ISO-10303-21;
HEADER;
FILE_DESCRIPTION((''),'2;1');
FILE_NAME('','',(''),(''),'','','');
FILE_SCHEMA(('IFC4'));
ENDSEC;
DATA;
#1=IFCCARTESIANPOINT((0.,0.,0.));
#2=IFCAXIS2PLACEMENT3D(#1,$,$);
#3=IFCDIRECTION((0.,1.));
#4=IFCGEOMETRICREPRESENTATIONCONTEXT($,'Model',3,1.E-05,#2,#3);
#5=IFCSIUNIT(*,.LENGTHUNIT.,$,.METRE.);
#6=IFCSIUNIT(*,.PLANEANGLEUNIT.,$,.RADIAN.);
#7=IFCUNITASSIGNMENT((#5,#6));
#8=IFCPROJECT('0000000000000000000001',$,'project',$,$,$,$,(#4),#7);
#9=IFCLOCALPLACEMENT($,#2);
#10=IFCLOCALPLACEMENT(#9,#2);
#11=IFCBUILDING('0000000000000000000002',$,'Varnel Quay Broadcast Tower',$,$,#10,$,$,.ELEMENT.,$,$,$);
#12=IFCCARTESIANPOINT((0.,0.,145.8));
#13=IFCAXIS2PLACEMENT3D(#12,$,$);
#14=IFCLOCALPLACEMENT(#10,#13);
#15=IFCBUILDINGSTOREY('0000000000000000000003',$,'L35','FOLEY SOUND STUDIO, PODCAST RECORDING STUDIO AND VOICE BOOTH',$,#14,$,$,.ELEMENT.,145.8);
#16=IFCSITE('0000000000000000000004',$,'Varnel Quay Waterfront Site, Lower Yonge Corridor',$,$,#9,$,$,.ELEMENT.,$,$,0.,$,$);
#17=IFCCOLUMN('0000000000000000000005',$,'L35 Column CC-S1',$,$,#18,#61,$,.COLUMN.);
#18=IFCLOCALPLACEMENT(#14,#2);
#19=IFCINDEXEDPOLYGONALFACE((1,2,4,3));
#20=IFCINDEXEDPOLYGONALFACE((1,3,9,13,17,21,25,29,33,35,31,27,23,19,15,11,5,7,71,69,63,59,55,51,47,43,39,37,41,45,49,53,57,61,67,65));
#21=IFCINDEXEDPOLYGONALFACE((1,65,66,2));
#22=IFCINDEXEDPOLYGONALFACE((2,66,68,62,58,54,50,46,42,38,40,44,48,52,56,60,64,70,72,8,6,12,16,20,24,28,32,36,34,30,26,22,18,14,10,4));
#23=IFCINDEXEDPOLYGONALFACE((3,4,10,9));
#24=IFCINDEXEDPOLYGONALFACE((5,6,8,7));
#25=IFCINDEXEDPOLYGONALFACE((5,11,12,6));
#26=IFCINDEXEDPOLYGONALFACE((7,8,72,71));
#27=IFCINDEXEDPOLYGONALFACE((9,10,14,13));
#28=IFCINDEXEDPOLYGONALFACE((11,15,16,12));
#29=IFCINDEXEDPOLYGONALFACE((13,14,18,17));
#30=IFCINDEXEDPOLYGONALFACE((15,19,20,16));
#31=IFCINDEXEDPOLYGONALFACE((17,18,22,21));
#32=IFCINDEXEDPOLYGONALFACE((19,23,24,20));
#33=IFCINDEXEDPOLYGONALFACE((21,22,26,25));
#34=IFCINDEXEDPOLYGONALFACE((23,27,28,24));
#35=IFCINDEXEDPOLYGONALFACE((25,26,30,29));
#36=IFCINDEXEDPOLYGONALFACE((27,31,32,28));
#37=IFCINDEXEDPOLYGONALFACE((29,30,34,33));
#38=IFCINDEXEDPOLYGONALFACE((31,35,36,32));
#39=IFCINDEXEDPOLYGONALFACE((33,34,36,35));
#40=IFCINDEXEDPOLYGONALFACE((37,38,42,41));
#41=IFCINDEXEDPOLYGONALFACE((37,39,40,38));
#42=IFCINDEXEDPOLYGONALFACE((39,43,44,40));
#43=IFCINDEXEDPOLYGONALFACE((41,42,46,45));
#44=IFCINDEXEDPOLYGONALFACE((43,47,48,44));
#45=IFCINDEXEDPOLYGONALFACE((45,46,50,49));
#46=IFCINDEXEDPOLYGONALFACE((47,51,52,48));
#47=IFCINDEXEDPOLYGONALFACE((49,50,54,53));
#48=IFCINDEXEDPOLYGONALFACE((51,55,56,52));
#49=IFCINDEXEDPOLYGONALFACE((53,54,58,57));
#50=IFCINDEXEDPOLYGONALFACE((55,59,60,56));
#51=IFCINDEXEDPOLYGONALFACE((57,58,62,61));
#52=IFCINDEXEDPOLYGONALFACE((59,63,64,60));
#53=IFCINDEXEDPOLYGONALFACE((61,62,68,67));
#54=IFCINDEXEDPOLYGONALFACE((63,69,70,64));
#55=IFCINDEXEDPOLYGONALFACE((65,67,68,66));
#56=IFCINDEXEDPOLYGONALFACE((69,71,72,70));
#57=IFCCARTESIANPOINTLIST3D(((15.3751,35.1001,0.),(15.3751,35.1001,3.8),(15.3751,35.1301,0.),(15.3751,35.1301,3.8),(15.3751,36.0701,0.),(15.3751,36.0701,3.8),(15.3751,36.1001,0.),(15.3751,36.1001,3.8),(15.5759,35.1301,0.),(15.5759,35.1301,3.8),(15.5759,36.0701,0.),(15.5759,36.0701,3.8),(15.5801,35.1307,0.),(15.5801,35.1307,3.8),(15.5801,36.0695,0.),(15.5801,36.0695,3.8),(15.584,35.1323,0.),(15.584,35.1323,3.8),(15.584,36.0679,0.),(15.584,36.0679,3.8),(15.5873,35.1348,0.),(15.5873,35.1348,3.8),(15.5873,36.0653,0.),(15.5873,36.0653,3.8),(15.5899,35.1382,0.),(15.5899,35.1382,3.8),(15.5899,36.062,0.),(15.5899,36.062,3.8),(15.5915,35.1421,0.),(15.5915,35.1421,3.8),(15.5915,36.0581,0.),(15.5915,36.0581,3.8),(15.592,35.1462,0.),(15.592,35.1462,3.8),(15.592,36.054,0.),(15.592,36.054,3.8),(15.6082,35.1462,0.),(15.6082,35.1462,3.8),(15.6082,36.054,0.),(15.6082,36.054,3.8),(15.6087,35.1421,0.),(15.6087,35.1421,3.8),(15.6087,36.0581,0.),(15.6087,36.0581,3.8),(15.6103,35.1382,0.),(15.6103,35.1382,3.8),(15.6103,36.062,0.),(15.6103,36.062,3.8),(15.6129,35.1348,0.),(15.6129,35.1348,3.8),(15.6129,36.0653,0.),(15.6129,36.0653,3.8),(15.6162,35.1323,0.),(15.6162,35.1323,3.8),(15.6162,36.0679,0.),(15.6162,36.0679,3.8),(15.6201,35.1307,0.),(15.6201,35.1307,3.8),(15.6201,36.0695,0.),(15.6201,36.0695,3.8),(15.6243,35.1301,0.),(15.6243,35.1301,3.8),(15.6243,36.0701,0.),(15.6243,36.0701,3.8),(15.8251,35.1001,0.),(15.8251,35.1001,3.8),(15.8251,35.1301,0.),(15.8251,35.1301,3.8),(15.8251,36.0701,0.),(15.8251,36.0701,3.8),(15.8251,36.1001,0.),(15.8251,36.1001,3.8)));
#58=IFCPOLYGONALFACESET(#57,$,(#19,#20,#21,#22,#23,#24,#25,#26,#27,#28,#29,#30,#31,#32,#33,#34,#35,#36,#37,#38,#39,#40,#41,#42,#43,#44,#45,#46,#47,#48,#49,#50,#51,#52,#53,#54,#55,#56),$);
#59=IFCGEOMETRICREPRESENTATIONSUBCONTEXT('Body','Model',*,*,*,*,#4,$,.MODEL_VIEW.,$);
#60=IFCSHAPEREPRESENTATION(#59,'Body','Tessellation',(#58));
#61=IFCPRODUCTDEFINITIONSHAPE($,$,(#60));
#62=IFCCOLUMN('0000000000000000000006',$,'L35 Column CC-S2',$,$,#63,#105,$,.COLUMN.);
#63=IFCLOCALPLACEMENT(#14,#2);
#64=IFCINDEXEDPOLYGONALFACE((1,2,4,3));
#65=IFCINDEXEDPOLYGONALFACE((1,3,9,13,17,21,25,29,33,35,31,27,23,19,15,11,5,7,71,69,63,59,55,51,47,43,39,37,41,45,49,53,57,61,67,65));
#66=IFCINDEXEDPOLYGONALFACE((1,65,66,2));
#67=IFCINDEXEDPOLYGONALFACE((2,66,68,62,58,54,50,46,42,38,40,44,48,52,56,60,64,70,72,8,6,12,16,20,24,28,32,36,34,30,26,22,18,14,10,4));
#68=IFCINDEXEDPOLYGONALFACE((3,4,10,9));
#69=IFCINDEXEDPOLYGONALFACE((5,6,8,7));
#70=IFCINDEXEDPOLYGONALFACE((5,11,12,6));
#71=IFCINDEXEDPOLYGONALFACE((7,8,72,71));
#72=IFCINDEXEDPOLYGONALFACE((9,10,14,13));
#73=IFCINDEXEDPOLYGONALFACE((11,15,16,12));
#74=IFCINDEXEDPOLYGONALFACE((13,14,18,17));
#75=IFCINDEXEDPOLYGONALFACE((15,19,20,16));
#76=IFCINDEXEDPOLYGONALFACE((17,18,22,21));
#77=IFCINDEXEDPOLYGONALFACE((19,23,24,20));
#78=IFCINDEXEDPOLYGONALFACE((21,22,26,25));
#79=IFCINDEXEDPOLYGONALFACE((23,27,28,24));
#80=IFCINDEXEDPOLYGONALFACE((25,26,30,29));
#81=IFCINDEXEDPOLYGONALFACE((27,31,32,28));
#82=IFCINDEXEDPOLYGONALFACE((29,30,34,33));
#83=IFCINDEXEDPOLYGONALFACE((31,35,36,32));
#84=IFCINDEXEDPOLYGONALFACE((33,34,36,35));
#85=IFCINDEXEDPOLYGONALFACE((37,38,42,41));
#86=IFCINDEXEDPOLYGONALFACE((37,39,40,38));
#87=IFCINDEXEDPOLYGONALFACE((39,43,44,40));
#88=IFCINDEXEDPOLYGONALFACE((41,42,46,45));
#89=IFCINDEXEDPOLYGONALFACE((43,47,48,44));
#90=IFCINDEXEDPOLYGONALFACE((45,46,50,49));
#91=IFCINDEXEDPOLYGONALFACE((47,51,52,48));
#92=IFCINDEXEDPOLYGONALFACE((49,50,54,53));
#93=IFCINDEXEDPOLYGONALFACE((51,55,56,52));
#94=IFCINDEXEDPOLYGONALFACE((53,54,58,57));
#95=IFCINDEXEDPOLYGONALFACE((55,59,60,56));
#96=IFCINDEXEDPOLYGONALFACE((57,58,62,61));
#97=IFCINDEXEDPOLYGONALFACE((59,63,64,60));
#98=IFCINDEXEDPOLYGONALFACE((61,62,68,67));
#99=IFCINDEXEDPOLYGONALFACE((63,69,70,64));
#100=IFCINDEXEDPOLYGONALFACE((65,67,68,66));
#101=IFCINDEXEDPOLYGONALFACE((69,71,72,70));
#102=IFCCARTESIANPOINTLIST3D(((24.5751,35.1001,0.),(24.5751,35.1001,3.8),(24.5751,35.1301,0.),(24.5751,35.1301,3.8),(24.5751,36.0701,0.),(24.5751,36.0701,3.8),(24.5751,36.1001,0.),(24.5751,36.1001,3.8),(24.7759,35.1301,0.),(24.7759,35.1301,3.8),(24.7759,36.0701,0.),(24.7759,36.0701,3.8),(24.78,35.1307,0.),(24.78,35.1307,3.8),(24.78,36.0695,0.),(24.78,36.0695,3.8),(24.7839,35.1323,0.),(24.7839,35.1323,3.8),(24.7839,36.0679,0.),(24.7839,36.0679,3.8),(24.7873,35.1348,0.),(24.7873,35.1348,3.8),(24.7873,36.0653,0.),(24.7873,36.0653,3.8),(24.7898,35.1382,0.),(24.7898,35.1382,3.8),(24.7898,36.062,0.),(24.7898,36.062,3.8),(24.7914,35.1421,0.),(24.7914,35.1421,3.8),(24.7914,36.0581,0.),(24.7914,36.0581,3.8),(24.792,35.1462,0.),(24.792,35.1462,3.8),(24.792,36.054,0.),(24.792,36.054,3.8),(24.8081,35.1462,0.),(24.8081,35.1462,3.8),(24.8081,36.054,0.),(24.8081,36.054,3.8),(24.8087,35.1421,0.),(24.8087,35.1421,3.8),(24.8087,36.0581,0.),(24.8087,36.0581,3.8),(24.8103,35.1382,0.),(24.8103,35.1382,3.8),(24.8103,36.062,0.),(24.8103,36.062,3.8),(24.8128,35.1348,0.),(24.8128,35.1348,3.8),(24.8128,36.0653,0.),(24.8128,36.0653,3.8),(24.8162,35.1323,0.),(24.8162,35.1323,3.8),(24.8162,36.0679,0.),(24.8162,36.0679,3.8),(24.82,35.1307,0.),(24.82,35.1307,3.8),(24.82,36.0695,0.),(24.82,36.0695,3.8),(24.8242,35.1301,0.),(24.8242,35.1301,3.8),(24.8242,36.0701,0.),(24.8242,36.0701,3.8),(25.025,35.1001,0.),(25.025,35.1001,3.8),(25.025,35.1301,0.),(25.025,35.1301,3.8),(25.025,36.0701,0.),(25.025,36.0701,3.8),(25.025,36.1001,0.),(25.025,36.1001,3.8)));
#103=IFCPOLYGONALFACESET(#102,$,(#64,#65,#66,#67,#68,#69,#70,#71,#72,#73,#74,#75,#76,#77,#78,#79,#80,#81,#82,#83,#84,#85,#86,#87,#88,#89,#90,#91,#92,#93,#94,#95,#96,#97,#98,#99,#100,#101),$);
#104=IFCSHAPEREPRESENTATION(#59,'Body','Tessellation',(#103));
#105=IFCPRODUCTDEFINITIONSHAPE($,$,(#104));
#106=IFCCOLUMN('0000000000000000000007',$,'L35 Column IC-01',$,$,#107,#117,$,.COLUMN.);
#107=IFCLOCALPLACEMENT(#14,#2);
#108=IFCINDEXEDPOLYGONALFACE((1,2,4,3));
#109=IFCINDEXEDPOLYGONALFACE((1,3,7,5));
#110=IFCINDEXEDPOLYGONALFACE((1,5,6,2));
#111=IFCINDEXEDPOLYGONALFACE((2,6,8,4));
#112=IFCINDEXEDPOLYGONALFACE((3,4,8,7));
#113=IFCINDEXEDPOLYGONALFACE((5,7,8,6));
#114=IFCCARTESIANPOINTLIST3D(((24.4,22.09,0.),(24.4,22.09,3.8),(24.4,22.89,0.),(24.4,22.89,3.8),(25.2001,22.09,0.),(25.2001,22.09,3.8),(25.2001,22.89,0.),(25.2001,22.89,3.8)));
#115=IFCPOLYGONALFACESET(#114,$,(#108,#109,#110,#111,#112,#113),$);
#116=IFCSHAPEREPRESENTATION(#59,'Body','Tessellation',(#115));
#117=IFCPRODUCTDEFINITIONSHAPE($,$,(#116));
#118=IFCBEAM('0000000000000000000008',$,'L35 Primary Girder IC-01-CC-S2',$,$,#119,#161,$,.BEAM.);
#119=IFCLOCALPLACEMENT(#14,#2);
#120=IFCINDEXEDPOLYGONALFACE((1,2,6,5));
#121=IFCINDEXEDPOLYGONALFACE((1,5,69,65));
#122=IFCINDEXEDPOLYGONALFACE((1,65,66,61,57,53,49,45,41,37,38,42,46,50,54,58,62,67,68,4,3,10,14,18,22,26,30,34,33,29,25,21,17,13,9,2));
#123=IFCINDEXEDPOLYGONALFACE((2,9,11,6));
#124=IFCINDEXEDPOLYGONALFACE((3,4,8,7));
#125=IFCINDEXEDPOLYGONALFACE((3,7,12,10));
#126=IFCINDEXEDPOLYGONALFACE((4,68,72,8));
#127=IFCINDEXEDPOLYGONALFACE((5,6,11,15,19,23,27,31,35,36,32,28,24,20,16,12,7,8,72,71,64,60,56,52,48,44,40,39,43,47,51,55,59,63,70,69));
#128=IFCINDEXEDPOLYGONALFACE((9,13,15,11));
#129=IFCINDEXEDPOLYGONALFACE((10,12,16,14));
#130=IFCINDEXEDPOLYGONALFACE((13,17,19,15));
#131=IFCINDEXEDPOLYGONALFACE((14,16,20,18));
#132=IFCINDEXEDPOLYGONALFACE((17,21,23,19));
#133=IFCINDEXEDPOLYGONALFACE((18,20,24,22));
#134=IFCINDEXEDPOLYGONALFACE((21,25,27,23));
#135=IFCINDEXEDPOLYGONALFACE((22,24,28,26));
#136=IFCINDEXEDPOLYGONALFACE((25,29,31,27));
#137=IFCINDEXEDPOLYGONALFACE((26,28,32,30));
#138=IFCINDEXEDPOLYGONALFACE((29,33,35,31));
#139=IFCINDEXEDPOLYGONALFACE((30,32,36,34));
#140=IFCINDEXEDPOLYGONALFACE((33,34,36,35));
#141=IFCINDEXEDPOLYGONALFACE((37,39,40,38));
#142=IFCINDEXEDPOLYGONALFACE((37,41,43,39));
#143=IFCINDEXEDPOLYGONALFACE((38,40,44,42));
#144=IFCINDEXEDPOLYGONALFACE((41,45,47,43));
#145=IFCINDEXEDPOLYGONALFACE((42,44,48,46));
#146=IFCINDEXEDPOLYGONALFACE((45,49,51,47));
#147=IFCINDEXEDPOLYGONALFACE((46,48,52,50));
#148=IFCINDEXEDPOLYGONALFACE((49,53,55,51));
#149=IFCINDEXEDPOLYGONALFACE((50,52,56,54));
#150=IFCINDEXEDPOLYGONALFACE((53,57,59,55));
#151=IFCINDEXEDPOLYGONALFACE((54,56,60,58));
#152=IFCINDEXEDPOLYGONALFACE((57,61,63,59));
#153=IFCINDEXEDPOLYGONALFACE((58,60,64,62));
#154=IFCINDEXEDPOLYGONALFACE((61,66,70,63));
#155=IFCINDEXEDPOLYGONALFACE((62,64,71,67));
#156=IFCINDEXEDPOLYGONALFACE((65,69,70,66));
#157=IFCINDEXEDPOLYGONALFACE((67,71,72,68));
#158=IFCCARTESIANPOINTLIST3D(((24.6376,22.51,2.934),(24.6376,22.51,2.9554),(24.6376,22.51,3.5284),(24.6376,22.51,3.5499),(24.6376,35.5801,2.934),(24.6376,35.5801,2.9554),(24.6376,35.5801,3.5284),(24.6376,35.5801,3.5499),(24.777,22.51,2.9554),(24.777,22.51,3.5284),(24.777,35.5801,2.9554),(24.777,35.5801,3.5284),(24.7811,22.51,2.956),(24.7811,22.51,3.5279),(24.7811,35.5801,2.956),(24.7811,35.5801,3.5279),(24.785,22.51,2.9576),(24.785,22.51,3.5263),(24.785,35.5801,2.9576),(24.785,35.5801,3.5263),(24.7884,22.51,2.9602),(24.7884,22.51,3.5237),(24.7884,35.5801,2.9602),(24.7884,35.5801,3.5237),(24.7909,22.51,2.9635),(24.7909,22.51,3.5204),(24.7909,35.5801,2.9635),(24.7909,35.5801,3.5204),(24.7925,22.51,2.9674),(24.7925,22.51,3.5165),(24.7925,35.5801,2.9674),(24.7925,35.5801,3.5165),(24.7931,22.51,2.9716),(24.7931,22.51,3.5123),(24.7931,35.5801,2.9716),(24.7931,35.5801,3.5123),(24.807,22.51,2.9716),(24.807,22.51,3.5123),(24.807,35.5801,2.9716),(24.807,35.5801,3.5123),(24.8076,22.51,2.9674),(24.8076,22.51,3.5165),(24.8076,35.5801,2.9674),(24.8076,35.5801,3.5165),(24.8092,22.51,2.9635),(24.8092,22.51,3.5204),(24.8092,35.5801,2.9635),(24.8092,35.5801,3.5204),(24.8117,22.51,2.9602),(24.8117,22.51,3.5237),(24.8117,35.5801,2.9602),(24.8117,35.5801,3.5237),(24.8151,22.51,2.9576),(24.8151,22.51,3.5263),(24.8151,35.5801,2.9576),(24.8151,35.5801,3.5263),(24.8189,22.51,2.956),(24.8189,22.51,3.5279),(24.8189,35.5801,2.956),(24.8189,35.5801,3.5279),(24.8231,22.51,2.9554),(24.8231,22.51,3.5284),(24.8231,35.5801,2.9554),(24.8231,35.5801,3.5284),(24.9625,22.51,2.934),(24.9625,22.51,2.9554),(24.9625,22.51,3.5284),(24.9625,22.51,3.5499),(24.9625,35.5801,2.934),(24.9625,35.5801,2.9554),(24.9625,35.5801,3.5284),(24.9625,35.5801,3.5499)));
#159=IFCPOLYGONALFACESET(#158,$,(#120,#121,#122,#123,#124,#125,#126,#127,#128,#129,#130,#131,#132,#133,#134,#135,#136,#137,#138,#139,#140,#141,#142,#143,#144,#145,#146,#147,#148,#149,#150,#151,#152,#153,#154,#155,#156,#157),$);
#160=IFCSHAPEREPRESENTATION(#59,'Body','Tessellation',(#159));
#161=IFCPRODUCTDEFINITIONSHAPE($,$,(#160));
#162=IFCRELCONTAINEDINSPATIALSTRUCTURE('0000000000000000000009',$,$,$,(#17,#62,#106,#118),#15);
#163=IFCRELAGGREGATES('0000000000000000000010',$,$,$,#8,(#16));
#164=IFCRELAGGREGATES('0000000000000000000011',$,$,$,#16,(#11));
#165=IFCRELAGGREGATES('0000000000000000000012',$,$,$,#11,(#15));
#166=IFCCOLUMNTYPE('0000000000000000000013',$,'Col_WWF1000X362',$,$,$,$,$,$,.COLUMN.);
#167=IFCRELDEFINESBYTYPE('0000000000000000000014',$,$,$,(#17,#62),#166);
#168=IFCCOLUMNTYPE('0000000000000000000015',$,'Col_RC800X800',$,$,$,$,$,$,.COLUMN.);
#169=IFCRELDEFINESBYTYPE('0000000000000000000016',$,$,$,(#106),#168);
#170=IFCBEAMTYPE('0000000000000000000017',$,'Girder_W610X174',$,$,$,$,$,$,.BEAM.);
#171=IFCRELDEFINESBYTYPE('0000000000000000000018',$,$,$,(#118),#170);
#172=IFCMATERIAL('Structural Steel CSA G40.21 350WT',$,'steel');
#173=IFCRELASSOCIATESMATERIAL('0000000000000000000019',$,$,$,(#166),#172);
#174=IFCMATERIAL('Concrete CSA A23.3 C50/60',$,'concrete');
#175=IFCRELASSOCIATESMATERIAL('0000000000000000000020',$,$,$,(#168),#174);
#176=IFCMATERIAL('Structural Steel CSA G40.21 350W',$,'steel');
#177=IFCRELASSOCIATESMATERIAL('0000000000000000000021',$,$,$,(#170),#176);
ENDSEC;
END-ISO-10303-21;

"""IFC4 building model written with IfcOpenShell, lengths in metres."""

from ifc_helpers import new_model, si_unit, direction, frame, origin, origin_2d, place, context, subcontext, project, spatial, rectangle, i_section, extrude, source, transform, mapped, material, material_profile, profile_set, type_object, type_shapes, element, save


model = new_model("IFC4")

# Units and contexts
model_context = context("Model", 3, precision=1e-05, world=origin(), true_north=direction((0.0, 1.0)))
body_context = subcontext(model_context, "Body", "Model", "MODEL_VIEW")
ifc_project = project(units=[si_unit("LENGTHUNIT", "METRE"), si_unit("PLANEANGLEUNIT", "RADIAN")], contexts=[model_context])

# Site, building, storey
site_placement = place(None, origin())
site = spatial("IfcSite", under=ifc_project, at=site_placement, Name="Varnel Quay Waterfront Site, Lower Yonge Corridor", CompositionType="ELEMENT", RefElevation=0.0)
building_placement = place(site_placement, origin())
building = spatial("IfcBuilding", under=site, at=building_placement, Name="Varnel Quay Broadcast Tower", CompositionType="ELEMENT")
storey_placement = place(building_placement, frame((0.0, 0.0, 145.8)))
storey = spatial("IfcBuildingStorey", under=building, at=storey_placement, Name="L35", Description="FOLEY SOUND STUDIO, PODCAST RECORDING STUDIO AND VOICE BOOTH", CompositionType="ELEMENT", Elevation=145.8)

# Columns
ifc_material_1 = material(Name="Structural Steel CSA G40.21 350WT", Category="steel")
ifc_material_profile_1 = material_profile(ifc_material_1, i_section(OverallWidth=0.45, OverallDepth=1.0, WebThickness=0.0161, FlangeThickness=0.03, FilletRadius=0.0161, at=origin_2d()), Name="WWF1000X362")
ifc_profile_set_1 = profile_set([ifc_material_profile_1], Name="Structural Steel CSA G40.21 350WT")
column_type_1 = type_object("IfcColumnType", Name="Col_WWF1000X362", PredefinedType="COLUMN", material=ifc_profile_set_1)
shared_shape_1 = source(origin(), body_context, "Body", "SweptSolid", [
    extrude(i_section(OverallWidth=0.45, OverallDepth=1.0, WebThickness=0.0161, FlangeThickness=0.03, FilletRadius=0.0161, at=origin_2d()), origin(), (0.0, 0.0, 1.0), 3.8),
])
type_shapes(column_type_1, [shared_shape_1])
for number, where, z_axis, x_axis, name in (
    (1, (15.6001, 35.6001, 0.0), (0.0, 0.0, 1.0), (1.0, 0.0, 0.0), "L35 Column CC-S1"),
    (2, (24.8, 35.6001, 0.0), (0.0, 0.0, 1.0), (1.0, 0.0, 0.0), "L35 Column CC-S2"),
):
    element("IfcColumn", number, at=place(storey_placement, frame(where, z_axis=z_axis, x_axis=x_axis)), inside=storey, type_object=column_type_1, Name=name, PredefinedType="COLUMN", context=body_context, shape_type="MappedRepresentation", body=[
        mapped(shared_shape_1, transform((0.0, 0.0, 0.0), x_axis=(1.0, 0.0, 0.0), y_axis=(0.0, 1.0, 0.0), z_axis=(0.0, 0.0, 1.0), scale=1.0)),
    ])
ifc_material_2 = material(Name="Concrete CSA A23.3 C50/60", Category="concrete")
ifc_material_profile_2 = material_profile(ifc_material_2, rectangle(XDim=0.8, YDim=0.8, at=origin_2d()), Name="RC800X800")
ifc_profile_set_2 = profile_set([ifc_material_profile_2], Name="Concrete CSA A23.3 C50/60")
column_type_2 = type_object("IfcColumnType", Name="Col_RC800X800", PredefinedType="COLUMN", material=ifc_profile_set_2)
shared_shape_2 = source(origin(), body_context, "Body", "SweptSolid", [
    extrude(rectangle(XDim=0.8, YDim=0.8, at=origin_2d()), origin(), (0.0, 0.0, 1.0), 3.8),
])
type_shapes(column_type_2, [shared_shape_2])
column_placement = place(storey_placement, frame((24.8, 22.49, 0.0), z_axis=(0.0, 0.0, 1.0), x_axis=(1.0, 0.0, 0.0)))
element("IfcColumn", 3, at=column_placement, inside=storey, type_object=column_type_2, Name="L35 Column IC-01", PredefinedType="COLUMN", context=body_context, shape_type="MappedRepresentation", body=[
    mapped(shared_shape_2, transform((0.0, 0.0, 0.0), x_axis=(1.0, 0.0, 0.0), y_axis=(0.0, 1.0, 0.0), z_axis=(0.0, 0.0, 1.0), scale=1.0)),
])

# Beam
ifc_material_3 = material(Name="Structural Steel CSA G40.21 350W", Category="steel")
ifc_material_profile_3 = material_profile(ifc_material_3, i_section(OverallWidth=0.325, OverallDepth=0.616, WebThickness=0.0139, FlangeThickness=0.0215, FilletRadius=0.0161, at=origin_2d()), Name="W610X174")
ifc_profile_set_3 = profile_set([ifc_material_profile_3], Name="Structural Steel CSA G40.21 350W")
beam_type_1 = type_object("IfcBeamType", Name="Girder_W610X174", PredefinedType="BEAM", material=ifc_profile_set_3)
shared_shape_3 = source(origin(), body_context, "Body", "SweptSolid", [
    extrude(i_section(OverallWidth=0.325, OverallDepth=0.616, WebThickness=0.0139, FlangeThickness=0.0215, FilletRadius=0.0161, at=origin_2d()), origin(), (0.0, 0.0, 1.0), 13.0701),
])
beam_1_placement = place(storey_placement, frame((24.8, 22.51, 3.2419), z_axis=(0.0, 1.0, 0.0), x_axis=(-1.0, 0.0, 0.0)))
element("IfcBeam", 4, at=beam_1_placement, inside=storey, type_object=beam_type_1, Name="L35 Primary Girder IC-01-CC-S2", PredefinedType="BEAM", context=body_context, shape_type="MappedRepresentation", body=[
    mapped(shared_shape_3, transform((0.0, 0.0, 0.0), x_axis=(1.0, 0.0, 0.0), y_axis=(0.0, 1.0, 0.0), z_axis=(0.0, 0.0, 1.0), scale=1.0)),
])

save(model, "model.ifc")
